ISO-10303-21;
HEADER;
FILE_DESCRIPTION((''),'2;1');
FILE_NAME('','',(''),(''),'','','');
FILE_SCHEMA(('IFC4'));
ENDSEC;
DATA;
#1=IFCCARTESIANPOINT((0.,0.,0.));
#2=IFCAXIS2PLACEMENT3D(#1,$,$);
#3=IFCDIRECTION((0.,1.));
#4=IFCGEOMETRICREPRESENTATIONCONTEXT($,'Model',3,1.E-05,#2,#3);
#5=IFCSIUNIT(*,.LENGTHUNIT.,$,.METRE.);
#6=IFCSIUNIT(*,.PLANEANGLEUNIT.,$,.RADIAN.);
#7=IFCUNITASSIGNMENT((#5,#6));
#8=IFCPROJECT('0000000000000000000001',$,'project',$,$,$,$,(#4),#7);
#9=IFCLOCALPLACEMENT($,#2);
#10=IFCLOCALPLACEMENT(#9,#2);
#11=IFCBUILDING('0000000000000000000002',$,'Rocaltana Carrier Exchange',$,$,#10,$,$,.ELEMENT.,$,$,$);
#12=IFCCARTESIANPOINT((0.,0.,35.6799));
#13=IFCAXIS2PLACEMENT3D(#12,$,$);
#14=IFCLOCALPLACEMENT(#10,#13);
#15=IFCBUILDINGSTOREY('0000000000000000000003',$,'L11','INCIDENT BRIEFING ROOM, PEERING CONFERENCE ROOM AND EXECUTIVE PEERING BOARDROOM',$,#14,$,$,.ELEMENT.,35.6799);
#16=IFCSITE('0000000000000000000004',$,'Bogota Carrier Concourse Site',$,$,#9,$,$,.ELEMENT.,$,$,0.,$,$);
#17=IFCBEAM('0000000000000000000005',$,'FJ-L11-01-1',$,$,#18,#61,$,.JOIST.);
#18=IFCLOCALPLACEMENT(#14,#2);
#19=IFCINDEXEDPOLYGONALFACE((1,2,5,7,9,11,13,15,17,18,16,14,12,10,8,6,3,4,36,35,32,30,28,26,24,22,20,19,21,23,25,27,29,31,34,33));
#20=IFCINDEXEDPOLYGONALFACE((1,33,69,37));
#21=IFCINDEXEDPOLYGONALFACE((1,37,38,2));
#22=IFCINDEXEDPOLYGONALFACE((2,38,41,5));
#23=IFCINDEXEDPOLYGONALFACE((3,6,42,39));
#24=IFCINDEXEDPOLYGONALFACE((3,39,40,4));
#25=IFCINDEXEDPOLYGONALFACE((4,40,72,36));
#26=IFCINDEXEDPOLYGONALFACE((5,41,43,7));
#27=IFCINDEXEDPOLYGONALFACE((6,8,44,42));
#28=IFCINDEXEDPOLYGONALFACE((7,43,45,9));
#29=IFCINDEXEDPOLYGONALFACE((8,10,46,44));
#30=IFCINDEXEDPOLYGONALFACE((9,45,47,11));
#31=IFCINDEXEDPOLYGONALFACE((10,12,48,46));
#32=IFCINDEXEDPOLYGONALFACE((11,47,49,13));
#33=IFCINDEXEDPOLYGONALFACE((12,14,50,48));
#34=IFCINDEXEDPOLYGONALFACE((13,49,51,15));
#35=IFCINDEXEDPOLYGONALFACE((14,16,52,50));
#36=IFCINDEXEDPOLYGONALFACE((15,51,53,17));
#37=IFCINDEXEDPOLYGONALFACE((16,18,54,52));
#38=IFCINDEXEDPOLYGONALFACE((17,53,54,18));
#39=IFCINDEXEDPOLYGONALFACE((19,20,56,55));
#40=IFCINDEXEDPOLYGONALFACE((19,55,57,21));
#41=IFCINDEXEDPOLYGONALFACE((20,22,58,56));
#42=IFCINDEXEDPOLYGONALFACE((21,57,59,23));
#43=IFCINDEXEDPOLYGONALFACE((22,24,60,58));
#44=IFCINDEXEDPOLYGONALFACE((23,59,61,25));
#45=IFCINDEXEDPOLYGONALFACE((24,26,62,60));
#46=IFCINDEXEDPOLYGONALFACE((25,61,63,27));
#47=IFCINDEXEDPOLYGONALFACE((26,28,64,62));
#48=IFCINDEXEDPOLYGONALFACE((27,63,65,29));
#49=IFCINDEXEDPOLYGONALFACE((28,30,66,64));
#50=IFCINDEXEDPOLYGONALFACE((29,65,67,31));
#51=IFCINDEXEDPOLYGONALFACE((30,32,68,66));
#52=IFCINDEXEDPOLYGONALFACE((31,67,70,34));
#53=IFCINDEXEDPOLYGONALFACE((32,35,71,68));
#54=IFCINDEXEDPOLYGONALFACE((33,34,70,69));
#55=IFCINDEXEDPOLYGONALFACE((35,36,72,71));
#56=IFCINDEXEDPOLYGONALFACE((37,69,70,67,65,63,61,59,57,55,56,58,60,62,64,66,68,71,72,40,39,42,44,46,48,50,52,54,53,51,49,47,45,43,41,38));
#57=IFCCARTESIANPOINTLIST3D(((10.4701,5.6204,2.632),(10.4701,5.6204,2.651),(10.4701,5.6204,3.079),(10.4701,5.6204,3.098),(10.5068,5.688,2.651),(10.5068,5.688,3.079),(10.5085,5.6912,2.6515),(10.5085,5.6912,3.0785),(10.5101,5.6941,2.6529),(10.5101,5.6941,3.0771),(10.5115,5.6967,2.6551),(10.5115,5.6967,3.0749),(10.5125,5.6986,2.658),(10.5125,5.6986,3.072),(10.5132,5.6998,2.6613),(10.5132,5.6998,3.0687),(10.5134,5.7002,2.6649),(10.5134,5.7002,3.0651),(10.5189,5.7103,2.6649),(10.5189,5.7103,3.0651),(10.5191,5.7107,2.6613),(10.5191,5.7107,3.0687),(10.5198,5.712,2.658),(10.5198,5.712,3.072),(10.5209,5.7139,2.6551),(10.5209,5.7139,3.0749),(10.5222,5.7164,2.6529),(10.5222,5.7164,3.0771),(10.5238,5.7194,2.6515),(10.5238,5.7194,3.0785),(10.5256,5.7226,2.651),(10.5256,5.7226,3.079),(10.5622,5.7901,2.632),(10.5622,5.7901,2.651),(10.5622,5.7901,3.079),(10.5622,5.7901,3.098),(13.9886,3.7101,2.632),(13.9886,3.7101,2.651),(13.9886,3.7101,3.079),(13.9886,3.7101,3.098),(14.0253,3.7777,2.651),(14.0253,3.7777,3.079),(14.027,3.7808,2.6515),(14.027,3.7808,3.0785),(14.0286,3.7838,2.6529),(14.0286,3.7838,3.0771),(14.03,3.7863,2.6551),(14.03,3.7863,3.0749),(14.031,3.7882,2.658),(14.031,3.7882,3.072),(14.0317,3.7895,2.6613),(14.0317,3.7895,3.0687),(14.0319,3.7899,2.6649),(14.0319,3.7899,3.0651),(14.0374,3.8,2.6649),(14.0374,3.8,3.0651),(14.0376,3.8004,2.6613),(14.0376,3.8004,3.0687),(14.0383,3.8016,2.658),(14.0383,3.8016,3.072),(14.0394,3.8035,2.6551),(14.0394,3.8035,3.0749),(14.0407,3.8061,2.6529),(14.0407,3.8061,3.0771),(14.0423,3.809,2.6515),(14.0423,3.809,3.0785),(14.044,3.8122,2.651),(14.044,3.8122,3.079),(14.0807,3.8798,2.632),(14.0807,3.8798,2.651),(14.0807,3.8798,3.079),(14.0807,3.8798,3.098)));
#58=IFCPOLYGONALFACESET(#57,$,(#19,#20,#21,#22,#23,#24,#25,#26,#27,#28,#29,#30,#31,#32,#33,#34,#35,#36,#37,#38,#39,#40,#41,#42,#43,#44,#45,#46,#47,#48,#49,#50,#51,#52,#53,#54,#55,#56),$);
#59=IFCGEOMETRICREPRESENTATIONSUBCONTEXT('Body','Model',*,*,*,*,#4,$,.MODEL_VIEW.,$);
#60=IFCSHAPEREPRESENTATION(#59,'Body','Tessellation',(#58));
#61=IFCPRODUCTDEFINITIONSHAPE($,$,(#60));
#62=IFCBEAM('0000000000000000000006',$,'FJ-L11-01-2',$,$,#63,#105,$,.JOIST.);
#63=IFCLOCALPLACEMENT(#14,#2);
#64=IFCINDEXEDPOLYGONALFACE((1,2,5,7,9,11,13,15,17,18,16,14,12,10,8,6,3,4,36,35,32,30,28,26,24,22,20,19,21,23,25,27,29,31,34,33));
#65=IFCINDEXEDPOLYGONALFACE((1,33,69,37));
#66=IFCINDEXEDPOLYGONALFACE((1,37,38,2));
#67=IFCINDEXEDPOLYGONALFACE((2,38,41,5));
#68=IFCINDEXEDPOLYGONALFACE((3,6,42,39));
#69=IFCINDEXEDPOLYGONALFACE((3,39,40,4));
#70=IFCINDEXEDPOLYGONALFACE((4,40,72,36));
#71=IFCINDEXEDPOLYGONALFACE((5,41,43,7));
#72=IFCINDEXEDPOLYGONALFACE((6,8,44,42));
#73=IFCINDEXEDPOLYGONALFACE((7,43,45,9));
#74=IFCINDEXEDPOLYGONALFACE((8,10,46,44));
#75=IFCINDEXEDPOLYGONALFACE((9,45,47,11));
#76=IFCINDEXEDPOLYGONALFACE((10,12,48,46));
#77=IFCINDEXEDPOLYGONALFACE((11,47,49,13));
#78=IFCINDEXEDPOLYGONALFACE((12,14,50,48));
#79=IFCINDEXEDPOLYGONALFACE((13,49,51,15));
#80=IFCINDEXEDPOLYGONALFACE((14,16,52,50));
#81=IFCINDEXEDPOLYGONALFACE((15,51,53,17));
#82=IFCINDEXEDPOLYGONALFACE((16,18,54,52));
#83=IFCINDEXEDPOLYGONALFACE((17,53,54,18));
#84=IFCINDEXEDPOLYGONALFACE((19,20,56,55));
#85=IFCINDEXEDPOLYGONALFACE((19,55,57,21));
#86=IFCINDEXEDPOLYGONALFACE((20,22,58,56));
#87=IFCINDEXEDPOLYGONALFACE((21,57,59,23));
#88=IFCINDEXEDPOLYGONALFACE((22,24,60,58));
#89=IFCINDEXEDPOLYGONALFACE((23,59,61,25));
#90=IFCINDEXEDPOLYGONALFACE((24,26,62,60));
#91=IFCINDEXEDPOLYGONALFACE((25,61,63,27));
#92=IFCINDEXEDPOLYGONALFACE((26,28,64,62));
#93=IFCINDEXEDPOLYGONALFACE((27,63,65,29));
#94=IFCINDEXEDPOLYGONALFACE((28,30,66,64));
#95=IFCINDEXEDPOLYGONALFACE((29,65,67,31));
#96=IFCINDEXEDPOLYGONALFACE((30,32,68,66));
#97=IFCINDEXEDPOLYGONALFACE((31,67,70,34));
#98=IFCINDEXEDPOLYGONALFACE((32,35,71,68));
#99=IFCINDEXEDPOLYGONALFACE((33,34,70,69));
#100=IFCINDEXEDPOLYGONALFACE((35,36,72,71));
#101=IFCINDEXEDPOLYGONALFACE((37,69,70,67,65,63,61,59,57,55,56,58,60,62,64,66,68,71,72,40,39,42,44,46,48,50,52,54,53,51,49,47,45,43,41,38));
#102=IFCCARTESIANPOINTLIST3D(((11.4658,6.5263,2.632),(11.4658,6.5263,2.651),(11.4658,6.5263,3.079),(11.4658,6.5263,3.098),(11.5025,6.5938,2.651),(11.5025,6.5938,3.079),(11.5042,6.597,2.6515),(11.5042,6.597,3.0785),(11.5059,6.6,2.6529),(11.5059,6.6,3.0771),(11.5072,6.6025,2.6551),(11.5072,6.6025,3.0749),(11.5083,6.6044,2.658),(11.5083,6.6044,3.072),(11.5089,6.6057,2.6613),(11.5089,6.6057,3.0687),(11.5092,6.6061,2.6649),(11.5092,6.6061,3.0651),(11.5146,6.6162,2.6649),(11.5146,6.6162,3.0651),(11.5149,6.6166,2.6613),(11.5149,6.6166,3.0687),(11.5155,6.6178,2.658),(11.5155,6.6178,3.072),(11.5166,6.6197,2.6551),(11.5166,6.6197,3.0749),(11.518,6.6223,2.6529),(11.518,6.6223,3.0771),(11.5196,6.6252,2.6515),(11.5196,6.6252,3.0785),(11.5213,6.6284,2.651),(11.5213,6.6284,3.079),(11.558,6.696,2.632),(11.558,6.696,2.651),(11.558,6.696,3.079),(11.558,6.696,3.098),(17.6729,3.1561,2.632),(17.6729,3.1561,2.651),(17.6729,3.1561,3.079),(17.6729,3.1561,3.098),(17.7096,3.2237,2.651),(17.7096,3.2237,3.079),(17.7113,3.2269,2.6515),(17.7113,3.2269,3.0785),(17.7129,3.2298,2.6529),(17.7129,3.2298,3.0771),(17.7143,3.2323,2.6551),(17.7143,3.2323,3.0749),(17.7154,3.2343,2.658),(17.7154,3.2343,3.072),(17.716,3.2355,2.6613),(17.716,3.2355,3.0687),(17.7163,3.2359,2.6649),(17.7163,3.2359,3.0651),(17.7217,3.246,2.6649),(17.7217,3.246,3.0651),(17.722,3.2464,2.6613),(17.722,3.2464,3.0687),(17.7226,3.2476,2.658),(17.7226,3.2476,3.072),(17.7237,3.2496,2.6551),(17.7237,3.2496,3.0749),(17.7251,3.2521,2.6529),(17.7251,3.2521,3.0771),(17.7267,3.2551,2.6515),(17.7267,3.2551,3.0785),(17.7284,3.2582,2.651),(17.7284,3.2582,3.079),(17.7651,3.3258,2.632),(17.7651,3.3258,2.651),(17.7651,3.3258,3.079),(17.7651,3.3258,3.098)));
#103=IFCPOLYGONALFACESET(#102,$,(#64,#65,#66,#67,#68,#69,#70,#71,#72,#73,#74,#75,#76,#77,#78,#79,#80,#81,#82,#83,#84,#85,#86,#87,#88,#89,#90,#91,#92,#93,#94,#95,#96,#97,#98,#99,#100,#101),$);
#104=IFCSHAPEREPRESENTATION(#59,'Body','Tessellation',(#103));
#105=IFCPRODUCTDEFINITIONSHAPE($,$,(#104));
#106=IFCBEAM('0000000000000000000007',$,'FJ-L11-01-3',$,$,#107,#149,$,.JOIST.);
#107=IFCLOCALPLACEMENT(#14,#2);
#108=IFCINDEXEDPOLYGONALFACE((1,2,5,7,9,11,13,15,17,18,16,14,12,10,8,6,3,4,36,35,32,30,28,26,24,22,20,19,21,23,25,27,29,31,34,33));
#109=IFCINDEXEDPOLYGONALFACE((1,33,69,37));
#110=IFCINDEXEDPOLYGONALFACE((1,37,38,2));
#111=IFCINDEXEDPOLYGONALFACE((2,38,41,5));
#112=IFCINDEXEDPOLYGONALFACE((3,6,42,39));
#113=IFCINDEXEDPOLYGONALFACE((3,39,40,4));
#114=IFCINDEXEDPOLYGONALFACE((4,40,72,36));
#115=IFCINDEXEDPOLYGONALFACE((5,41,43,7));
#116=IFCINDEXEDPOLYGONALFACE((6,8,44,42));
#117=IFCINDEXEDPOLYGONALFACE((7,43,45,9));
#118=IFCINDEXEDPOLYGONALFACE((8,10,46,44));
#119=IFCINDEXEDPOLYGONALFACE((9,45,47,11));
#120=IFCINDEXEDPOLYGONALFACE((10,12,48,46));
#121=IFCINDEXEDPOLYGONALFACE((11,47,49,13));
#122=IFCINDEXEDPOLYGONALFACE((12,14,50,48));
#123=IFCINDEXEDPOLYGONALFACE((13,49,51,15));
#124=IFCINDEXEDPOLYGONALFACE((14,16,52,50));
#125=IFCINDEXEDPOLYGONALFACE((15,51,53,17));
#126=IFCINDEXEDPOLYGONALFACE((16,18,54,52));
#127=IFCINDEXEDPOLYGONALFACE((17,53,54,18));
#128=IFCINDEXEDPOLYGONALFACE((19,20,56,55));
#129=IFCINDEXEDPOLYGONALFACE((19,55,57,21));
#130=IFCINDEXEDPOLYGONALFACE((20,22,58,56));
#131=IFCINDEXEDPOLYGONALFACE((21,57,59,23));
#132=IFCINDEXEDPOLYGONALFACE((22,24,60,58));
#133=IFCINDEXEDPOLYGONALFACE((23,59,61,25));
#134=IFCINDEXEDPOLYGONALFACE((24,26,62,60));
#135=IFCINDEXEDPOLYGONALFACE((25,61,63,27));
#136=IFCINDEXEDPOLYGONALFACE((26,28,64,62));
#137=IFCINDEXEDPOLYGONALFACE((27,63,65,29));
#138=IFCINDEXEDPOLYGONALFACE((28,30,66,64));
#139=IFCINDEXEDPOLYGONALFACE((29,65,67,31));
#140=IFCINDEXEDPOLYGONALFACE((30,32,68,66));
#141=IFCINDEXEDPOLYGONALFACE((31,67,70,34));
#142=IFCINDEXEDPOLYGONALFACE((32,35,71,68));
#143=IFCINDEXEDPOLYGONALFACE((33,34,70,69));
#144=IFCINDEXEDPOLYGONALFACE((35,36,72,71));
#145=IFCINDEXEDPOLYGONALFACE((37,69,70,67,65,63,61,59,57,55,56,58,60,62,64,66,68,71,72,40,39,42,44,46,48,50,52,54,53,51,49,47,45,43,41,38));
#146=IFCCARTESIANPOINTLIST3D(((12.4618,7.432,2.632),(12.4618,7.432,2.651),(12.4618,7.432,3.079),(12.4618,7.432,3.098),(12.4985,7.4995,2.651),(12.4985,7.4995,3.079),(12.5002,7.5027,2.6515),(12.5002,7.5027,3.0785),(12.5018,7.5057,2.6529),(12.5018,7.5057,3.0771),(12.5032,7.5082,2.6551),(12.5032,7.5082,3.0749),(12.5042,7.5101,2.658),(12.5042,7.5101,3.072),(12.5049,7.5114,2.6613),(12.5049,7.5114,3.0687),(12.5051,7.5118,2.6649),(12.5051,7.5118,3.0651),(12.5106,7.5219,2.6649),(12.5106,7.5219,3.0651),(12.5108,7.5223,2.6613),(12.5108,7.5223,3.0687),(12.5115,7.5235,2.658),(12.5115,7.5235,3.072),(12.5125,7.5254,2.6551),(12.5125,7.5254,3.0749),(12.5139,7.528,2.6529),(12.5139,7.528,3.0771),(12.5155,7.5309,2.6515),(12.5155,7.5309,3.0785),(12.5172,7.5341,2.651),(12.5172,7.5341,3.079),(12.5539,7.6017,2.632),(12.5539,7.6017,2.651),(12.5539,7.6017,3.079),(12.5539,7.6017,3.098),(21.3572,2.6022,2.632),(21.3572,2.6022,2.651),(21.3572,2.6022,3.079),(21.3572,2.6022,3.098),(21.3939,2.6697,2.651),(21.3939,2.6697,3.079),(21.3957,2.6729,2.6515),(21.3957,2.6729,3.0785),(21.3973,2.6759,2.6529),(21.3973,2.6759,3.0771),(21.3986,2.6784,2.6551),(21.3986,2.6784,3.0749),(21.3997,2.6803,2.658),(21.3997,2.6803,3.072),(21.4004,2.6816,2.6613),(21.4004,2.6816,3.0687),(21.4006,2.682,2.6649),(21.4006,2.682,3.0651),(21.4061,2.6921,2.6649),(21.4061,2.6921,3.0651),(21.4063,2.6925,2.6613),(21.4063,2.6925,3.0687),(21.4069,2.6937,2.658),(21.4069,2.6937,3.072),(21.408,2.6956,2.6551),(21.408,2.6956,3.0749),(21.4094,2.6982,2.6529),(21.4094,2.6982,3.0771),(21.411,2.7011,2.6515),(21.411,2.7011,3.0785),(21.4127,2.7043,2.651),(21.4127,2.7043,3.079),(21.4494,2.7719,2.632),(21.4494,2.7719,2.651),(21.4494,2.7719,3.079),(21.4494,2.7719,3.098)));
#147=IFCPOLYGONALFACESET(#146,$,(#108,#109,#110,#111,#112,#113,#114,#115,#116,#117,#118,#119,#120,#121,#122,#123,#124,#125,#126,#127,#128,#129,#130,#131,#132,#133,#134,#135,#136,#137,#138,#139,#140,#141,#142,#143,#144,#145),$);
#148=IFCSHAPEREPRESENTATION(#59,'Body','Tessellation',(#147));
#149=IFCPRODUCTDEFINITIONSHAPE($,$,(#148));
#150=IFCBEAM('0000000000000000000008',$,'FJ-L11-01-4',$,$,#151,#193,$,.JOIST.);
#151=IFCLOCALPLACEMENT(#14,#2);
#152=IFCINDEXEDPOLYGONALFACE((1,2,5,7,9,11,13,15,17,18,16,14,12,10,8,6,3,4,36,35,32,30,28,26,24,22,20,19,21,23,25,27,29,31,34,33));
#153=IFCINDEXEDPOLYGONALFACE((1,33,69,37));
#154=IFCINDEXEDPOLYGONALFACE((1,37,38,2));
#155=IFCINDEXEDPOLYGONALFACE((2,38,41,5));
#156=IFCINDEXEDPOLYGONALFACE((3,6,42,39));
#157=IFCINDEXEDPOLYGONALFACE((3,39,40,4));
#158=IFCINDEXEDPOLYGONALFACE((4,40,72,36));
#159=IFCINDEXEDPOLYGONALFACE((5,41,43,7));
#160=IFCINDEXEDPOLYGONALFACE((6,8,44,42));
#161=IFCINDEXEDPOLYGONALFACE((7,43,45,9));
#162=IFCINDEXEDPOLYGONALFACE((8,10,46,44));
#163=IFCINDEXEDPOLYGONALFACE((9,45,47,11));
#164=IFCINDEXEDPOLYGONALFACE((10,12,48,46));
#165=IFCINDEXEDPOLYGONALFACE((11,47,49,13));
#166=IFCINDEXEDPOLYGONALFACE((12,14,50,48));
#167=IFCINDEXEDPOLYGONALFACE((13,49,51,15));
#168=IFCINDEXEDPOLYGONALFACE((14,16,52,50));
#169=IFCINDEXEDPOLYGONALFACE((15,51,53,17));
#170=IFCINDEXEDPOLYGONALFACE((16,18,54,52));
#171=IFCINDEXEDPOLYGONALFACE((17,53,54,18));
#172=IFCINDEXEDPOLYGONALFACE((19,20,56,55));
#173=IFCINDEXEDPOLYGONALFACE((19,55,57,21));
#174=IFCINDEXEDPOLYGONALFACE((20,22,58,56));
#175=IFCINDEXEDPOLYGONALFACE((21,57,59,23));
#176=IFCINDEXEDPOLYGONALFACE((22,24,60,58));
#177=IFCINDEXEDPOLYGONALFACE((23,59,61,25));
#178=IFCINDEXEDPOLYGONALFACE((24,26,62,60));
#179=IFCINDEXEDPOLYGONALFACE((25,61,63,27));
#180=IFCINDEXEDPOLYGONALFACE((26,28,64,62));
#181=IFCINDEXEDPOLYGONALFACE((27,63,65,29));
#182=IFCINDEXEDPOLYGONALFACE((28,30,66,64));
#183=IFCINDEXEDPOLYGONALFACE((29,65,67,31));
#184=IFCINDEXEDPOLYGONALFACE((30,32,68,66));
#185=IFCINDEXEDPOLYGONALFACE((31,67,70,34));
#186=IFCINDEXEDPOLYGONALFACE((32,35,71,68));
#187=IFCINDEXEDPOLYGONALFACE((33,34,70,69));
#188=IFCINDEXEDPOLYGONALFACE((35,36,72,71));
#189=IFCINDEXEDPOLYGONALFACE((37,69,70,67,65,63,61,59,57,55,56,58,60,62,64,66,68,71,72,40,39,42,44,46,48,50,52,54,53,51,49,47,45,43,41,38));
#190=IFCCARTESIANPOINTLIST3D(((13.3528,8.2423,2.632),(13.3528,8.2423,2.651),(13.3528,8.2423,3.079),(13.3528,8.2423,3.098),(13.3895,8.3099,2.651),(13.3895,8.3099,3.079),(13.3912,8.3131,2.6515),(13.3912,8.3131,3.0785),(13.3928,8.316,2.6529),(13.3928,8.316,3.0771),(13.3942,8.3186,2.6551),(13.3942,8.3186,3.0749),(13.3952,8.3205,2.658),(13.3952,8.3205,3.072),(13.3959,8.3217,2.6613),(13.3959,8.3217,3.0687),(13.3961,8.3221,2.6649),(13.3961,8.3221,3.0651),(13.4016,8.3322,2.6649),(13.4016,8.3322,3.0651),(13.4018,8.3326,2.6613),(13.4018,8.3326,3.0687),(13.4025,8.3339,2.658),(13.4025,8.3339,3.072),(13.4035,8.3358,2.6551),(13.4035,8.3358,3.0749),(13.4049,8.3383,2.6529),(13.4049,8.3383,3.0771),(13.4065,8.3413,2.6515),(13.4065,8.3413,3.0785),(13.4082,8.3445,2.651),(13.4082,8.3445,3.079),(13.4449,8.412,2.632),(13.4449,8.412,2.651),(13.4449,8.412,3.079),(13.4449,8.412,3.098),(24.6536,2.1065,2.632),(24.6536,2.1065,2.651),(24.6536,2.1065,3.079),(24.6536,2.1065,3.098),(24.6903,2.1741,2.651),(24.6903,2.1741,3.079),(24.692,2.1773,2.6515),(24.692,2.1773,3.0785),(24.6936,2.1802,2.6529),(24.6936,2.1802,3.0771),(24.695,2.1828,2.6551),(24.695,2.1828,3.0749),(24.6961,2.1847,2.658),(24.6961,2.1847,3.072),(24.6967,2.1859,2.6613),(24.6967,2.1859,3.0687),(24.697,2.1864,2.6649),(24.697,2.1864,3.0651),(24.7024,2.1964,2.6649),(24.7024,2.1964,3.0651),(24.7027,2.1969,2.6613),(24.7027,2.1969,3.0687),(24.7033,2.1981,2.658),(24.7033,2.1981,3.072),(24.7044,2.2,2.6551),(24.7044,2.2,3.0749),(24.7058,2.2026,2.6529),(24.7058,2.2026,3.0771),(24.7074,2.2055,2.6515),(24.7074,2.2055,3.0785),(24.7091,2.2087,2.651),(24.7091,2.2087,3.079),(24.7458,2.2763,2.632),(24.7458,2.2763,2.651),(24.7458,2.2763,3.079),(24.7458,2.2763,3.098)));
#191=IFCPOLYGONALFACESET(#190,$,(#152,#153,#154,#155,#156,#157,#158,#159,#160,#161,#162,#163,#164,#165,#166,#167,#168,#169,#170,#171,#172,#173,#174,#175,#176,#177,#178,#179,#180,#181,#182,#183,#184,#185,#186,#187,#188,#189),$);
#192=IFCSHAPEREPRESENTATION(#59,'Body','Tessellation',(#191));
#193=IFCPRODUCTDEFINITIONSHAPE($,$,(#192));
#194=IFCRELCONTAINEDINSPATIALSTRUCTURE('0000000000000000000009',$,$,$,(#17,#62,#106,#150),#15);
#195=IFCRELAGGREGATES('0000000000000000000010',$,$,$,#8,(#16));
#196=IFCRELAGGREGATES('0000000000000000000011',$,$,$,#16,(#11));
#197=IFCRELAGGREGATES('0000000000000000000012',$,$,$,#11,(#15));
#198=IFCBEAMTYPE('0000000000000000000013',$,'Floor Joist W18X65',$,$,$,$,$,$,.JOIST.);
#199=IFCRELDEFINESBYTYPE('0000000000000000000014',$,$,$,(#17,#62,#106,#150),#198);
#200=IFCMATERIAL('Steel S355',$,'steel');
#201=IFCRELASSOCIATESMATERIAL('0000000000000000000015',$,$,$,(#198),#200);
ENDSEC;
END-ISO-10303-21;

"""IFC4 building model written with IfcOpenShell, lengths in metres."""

from ifc_helpers import new_model, si_unit, direction, frame, origin, origin_2d, place, context, subcontext, project, spatial, i_section, extrude, material, material_profile, profile_set, type_object, element, save


model = new_model("IFC4")

# Units and contexts
model_context = context("Model", 3, precision=1e-05, world=origin(), true_north=direction((0.0, 1.0)))
body_context = subcontext(model_context, "Body", "Model", "MODEL_VIEW")
ifc_project = project(units=[si_unit("LENGTHUNIT", "METRE"), si_unit("PLANEANGLEUNIT", "RADIAN")], contexts=[model_context])

# Site, building, storey
site_placement = place(None, origin())
site = spatial("IfcSite", under=ifc_project, at=site_placement, Name="Bogota Carrier Concourse Site", CompositionType="ELEMENT", RefElevation=0.0)
building_placement = place(site_placement, origin())
building = spatial("IfcBuilding", under=site, at=building_placement, Name="Rocaltana Carrier Exchange", CompositionType="ELEMENT")
storey_placement = place(building_placement, frame((0.0, 0.0, 35.6799)))
storey = spatial("IfcBuildingStorey", under=building, at=storey_placement, Name="L11", Description="INCIDENT BRIEFING ROOM, PEERING CONFERENCE ROOM AND EXECUTIVE PEERING BOARDROOM", CompositionType="ELEMENT", Elevation=35.6799)

# Beams
ifc_material_1 = material(Name="Steel S355", Category="steel")
ifc_material_profile_1 = material_profile(ifc_material_1, i_section(OverallWidth=0.1931, OverallDepth=0.4661, WebThickness=0.0115, FlangeThickness=0.019, FilletRadius=0.0139, at=origin_2d()), Name="W18X65")
ifc_profile_set_1 = profile_set([ifc_material_profile_1], Name="Steel S355")
beam_type_1 = type_object("IfcBeamType", Name="Floor Joist W18X65", PredefinedType="JOIST", material=ifc_profile_set_1)
beam_1_placement = place(storey_placement, frame((14.0347, 3.7949, 2.865), z_axis=(-0.878819, 0.477155, 0.0), x_axis=(-0.477155, -0.878819, 0.0)))
element("IfcBeam", 1, at=beam_1_placement, inside=storey, type_object=beam_type_1, Name="FJ-L11-01-1", PredefinedType="JOIST", context=body_context, shape_type="SweptSolid", body=[
    extrude(i_section(OverallWidth=0.1931, OverallDepth=0.4661, WebThickness=0.0115, FlangeThickness=0.019, FilletRadius=0.0139, at=origin_2d()), origin(), (0.0, 0.0, 1.0), 4.0037),
])
beam_2_placement = place(storey_placement, frame((17.719, 3.241, 2.865), z_axis=(-0.878819, 0.477156, 0.0), x_axis=(-0.477156, -0.878819, 0.0)))
element("IfcBeam", 2, at=beam_2_placement, inside=storey, type_object=beam_type_1, Name="FJ-L11-01-2", PredefinedType="JOIST", context=body_context, shape_type="SweptSolid", body=[
    extrude(i_section(OverallWidth=0.1931, OverallDepth=0.4661, WebThickness=0.0115, FlangeThickness=0.019, FilletRadius=0.0139, at=origin_2d()), origin(), (0.0, 0.0, 1.0), 7.063),
])
beam_3_placement = place(storey_placement, frame((21.4033, 2.687, 2.865), z_axis=(-0.878818, 0.477156, 0.0), x_axis=(-0.477156, -0.878818, 0.0)))
element("IfcBeam", 3, at=beam_3_placement, inside=storey, type_object=beam_type_1, Name="FJ-L11-01-3", PredefinedType="JOIST", context=body_context, shape_type="SweptSolid", body=[
    extrude(i_section(OverallWidth=0.1931, OverallDepth=0.4661, WebThickness=0.0115, FlangeThickness=0.019, FilletRadius=0.0139, at=origin_2d()), origin(), (0.0, 0.0, 1.0), 10.1221),
])
beam_4_placement = place(storey_placement, frame((24.6997, 2.1914, 2.865), z_axis=(-0.87882, 0.477154, 0.0), x_axis=(-0.477154, -0.87882, 0.0)))
element("IfcBeam", 4, at=beam_4_placement, inside=storey, type_object=beam_type_1, Name="FJ-L11-01-4", PredefinedType="JOIST", context=body_context, shape_type="SweptSolid", body=[
    extrude(i_section(OverallWidth=0.1931, OverallDepth=0.4661, WebThickness=0.0115, FlangeThickness=0.019, FilletRadius=0.0139, at=origin_2d()), origin(), (0.0, 0.0, 1.0), 12.8591),
])

save(model, "model.ifc")
